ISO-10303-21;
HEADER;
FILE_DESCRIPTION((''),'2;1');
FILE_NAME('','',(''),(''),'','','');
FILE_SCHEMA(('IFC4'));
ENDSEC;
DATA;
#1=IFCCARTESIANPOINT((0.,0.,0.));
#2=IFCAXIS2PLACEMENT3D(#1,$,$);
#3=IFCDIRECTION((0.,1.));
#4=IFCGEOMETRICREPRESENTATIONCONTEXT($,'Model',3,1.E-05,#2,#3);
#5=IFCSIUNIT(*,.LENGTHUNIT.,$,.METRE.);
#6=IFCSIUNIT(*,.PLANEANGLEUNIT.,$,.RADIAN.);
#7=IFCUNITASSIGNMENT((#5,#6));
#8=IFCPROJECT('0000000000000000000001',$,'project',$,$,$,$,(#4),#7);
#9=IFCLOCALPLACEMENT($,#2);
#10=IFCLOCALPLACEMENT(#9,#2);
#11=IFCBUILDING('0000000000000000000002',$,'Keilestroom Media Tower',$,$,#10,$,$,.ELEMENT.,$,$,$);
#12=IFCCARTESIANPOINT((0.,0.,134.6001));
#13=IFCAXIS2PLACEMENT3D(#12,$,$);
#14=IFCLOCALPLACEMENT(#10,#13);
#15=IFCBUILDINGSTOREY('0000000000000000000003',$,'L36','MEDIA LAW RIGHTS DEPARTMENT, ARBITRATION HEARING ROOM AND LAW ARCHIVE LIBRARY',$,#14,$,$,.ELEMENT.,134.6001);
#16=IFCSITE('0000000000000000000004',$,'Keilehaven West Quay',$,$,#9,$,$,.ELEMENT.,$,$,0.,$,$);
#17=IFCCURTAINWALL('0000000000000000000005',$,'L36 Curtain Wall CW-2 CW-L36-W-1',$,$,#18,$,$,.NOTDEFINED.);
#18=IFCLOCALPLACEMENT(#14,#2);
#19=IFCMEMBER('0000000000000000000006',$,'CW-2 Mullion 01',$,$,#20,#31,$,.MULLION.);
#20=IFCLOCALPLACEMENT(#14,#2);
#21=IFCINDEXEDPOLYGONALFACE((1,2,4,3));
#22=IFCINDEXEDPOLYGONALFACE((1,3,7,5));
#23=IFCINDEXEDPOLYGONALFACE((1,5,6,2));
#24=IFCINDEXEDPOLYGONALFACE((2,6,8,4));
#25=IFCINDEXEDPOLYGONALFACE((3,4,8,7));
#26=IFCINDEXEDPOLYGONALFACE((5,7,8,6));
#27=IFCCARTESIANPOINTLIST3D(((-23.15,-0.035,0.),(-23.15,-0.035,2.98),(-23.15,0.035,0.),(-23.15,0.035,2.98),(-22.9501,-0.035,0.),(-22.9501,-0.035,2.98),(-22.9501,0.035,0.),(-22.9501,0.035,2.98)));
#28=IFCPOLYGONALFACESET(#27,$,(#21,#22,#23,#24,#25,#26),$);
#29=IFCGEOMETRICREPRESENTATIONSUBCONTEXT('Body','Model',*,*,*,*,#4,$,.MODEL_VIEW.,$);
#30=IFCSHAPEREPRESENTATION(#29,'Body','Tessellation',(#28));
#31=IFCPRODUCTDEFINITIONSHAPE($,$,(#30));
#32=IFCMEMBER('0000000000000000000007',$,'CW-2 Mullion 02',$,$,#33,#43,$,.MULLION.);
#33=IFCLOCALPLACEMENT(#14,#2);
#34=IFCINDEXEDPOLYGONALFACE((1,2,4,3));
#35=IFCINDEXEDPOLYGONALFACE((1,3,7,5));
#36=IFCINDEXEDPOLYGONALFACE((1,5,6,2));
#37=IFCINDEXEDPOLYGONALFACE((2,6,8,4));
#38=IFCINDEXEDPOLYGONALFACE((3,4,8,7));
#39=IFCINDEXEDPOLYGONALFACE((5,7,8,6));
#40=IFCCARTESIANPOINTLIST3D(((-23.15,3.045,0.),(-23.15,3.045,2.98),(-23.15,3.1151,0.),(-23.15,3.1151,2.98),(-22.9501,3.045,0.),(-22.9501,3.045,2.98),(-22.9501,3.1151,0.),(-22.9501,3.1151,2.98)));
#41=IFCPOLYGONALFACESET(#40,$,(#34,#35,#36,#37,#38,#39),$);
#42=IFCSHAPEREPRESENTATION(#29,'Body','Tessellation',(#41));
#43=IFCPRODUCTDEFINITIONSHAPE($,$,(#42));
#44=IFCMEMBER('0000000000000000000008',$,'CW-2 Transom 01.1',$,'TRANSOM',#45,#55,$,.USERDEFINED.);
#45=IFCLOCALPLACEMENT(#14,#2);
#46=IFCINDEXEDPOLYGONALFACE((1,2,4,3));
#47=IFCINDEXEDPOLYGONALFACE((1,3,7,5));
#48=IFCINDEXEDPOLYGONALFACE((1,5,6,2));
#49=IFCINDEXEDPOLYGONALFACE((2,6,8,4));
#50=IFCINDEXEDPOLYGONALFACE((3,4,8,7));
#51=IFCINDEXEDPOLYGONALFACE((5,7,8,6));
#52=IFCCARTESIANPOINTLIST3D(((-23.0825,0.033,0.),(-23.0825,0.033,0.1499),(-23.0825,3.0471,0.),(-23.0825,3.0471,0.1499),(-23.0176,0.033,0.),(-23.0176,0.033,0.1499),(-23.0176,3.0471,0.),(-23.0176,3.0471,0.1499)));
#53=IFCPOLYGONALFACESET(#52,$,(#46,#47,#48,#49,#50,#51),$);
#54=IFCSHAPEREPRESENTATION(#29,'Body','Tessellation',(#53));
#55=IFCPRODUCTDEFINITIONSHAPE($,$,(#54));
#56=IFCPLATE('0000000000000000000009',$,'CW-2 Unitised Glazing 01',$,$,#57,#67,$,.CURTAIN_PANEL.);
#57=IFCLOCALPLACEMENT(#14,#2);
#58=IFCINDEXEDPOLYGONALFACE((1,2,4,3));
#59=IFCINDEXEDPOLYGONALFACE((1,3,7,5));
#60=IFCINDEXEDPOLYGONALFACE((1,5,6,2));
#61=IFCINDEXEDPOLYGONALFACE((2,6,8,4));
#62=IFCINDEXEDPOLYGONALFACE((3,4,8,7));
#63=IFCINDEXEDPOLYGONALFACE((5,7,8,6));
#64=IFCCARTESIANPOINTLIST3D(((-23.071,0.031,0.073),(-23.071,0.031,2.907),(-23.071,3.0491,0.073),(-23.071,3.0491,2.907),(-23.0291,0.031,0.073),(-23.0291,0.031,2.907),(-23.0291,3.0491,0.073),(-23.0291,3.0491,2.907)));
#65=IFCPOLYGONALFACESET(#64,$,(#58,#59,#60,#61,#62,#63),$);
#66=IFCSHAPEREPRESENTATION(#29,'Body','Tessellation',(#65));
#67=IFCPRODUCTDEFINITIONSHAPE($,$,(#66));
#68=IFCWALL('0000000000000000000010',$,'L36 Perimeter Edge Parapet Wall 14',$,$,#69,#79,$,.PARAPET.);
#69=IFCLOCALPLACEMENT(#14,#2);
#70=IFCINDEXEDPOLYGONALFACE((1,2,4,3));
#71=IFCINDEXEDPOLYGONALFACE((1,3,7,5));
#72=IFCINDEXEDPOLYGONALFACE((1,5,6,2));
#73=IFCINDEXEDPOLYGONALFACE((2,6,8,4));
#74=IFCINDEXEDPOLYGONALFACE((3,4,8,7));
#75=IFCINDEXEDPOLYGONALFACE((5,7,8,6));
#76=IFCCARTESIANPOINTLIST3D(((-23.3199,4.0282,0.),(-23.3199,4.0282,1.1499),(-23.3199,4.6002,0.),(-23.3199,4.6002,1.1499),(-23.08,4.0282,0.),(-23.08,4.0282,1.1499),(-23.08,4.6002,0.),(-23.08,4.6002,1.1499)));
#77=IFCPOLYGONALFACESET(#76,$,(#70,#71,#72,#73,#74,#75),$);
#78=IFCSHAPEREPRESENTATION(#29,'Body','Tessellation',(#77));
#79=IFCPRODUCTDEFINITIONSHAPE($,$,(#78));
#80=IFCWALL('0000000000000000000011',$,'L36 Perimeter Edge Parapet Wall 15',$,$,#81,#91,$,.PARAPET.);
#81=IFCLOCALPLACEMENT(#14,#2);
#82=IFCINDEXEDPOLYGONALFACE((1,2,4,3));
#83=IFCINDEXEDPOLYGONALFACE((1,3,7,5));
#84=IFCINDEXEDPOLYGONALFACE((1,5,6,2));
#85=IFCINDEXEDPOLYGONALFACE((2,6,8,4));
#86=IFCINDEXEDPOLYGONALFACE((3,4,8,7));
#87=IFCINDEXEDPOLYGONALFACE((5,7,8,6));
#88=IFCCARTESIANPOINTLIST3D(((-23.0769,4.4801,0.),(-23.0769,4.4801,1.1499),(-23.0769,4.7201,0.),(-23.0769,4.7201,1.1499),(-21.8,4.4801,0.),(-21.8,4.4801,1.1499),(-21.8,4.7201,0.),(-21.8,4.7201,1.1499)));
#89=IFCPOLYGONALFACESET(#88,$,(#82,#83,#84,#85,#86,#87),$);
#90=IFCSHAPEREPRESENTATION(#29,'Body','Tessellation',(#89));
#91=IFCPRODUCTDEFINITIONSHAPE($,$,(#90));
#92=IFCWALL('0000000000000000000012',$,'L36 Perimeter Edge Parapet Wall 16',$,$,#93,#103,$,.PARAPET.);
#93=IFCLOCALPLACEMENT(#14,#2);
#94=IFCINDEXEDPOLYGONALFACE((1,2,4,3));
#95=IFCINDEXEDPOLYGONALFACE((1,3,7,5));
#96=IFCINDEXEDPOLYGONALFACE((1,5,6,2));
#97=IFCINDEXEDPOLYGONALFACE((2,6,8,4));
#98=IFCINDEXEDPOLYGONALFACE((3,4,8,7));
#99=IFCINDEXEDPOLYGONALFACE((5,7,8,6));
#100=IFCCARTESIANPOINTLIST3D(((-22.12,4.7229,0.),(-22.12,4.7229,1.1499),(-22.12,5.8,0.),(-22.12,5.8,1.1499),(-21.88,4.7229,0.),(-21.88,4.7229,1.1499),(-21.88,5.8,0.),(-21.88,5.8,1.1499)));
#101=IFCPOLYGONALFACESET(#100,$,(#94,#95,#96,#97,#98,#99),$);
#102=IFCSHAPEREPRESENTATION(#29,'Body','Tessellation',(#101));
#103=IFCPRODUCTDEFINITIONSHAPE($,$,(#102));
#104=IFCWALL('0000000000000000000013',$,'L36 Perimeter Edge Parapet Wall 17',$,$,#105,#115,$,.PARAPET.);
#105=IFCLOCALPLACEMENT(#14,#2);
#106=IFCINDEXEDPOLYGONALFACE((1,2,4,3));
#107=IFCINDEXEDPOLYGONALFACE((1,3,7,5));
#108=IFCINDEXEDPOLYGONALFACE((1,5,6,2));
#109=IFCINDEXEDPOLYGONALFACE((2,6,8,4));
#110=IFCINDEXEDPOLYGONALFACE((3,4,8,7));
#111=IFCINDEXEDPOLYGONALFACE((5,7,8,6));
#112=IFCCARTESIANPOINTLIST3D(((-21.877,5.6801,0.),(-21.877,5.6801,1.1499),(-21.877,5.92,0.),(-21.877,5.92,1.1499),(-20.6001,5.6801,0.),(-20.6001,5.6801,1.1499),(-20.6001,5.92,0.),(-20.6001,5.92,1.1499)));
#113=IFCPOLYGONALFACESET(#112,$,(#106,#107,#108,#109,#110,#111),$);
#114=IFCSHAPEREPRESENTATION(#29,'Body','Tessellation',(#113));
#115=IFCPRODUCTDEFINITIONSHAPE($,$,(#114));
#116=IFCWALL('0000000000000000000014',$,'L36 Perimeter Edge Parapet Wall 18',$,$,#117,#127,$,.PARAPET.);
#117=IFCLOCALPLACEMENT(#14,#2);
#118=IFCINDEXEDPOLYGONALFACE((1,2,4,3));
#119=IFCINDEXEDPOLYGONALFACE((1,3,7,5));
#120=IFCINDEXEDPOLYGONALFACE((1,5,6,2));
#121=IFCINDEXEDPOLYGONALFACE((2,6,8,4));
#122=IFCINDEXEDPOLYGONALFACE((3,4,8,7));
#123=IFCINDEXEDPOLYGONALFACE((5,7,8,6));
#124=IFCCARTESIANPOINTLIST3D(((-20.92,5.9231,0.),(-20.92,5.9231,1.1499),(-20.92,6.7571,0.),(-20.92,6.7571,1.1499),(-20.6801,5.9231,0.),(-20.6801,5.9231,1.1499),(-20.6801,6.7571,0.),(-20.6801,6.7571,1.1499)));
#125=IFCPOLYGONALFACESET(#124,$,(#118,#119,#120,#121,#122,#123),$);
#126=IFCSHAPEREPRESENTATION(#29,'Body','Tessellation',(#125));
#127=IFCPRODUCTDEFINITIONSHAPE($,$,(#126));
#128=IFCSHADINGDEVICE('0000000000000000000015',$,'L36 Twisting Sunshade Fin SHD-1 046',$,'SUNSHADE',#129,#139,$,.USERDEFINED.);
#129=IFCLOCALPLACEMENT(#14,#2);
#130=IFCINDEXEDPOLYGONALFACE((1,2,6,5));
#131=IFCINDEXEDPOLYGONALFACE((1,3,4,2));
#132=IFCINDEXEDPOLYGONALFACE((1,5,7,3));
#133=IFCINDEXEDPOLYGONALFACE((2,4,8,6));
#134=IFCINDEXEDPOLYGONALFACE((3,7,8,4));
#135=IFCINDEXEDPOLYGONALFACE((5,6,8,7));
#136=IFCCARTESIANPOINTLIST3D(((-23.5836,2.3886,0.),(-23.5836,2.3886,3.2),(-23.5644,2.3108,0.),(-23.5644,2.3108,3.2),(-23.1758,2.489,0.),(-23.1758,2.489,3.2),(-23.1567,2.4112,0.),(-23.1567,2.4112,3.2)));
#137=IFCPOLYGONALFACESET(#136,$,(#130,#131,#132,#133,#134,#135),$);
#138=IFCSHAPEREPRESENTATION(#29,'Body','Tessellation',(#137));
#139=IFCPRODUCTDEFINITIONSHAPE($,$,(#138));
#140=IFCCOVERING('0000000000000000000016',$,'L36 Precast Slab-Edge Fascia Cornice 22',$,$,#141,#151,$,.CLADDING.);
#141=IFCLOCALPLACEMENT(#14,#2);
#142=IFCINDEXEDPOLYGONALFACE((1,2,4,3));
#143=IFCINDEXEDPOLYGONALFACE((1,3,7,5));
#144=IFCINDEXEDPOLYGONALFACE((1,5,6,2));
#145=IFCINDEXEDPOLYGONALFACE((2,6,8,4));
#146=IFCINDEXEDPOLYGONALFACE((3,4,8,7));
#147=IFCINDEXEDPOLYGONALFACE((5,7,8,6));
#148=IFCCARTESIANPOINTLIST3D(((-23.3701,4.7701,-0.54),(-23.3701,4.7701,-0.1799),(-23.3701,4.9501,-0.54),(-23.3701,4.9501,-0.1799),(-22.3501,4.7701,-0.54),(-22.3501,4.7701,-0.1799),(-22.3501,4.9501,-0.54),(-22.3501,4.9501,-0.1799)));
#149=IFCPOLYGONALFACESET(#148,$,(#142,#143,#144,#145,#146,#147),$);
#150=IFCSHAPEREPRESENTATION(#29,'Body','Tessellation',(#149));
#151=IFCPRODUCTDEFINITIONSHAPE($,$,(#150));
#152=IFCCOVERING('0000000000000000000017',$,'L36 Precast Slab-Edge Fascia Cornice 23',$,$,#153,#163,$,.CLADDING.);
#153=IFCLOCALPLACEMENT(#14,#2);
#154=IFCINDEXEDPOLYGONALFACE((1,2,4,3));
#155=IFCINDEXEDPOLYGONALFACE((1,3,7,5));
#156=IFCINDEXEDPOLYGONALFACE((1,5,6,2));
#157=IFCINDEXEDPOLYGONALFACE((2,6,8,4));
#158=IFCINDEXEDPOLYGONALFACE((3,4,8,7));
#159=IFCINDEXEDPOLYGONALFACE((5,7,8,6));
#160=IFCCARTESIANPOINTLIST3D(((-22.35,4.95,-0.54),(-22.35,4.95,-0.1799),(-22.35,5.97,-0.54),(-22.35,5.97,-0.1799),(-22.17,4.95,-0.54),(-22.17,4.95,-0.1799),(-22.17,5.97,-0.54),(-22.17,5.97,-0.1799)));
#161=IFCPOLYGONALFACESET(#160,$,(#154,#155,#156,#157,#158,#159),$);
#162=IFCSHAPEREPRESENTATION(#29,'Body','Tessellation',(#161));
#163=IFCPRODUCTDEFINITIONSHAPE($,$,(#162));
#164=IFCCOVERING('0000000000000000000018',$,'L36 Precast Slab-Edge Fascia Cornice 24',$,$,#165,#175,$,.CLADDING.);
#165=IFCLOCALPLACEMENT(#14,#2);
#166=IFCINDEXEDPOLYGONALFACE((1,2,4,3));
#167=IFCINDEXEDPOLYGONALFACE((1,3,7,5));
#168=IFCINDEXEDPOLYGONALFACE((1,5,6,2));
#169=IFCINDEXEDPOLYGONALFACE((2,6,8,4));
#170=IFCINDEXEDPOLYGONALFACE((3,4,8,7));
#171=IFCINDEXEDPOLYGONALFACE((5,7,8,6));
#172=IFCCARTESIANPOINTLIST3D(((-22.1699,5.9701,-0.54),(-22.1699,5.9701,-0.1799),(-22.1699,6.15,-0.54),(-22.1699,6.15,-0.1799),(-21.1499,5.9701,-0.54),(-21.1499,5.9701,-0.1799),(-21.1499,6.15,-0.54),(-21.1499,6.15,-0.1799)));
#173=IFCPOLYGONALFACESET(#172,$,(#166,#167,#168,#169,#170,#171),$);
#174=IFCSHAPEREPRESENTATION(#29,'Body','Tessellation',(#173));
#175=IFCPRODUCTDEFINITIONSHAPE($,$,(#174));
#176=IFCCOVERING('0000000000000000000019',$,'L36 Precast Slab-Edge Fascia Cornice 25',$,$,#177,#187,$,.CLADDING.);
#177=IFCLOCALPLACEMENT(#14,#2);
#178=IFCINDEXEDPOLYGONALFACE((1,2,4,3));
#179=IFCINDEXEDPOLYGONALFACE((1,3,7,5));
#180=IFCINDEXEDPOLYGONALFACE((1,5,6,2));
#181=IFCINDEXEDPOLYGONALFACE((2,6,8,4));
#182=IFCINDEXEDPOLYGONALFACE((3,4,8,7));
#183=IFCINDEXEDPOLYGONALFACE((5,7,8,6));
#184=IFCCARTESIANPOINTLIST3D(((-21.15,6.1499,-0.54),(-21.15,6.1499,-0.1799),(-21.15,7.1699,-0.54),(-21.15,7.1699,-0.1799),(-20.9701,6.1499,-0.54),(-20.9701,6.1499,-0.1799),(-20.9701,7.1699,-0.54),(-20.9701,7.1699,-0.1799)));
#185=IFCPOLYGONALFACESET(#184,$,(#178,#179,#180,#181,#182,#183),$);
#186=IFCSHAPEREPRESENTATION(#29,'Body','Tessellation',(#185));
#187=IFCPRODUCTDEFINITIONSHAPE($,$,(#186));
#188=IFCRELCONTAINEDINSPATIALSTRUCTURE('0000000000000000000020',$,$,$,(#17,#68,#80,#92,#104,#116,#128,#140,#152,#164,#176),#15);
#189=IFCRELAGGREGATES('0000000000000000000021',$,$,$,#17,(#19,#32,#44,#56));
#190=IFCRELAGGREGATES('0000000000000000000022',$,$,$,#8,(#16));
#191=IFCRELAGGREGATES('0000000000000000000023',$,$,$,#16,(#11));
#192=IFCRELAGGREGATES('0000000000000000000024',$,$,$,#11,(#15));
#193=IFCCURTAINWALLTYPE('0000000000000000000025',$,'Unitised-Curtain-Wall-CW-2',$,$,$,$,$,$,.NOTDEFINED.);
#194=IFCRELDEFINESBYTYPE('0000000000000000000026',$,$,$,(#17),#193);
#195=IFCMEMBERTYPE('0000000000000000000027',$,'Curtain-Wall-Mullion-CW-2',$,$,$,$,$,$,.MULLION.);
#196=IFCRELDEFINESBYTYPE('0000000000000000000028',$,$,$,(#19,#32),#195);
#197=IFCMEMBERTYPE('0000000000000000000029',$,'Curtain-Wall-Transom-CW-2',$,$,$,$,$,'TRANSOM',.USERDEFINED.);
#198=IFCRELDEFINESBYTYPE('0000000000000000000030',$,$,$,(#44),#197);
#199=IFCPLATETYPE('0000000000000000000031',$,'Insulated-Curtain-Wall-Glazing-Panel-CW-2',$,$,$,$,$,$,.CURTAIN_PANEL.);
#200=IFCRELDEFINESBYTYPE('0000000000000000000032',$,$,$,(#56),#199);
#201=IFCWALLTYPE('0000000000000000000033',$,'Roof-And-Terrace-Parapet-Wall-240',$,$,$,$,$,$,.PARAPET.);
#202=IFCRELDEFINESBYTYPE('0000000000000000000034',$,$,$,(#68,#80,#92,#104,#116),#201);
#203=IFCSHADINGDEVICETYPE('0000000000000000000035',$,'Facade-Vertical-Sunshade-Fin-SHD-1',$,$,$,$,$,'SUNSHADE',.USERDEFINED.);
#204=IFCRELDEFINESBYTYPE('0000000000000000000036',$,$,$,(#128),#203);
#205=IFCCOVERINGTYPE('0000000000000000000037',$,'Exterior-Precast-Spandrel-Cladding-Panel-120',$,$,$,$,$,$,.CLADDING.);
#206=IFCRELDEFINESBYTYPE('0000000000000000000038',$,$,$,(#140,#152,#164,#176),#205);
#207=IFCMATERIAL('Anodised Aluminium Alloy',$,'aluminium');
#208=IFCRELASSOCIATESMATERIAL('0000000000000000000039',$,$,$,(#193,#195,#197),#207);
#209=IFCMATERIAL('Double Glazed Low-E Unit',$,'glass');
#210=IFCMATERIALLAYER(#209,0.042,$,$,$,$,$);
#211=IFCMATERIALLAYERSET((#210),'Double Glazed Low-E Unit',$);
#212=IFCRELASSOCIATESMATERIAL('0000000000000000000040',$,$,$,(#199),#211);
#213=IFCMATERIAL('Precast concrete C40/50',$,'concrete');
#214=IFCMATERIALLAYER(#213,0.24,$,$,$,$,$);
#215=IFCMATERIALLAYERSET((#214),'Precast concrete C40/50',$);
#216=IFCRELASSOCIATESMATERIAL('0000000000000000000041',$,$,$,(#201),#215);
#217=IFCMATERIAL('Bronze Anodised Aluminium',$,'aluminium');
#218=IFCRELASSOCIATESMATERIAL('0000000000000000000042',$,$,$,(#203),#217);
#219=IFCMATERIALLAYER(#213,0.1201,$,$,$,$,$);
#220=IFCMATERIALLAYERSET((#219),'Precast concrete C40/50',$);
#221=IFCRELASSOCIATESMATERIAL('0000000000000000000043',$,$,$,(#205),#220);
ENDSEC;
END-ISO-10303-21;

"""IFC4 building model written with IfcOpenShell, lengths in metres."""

from ifc_helpers import new_model, si_unit, direction, frame, frame_2d, origin, origin_2d, place, context, subcontext, project, spatial, rectangle, extrude, source, transform, mapped, material, layer, layer_set, material_profile, profile_set, type_object, element, aggregate, save


model = new_model("IFC4")

# Units and contexts
model_context = context("Model", 3, precision=1e-05, world=origin(), true_north=direction((0.0, 1.0)))
body_context = subcontext(model_context, "Body", "Model", "MODEL_VIEW")
ifc_project = project(units=[si_unit("LENGTHUNIT", "METRE"), si_unit("PLANEANGLEUNIT", "RADIAN")], contexts=[model_context])

# Site, building, storey
site_placement = place(None, origin())
site = spatial("IfcSite", under=ifc_project, at=site_placement, Name="Keilehaven West Quay", CompositionType="ELEMENT", RefElevation=0.0)
building_placement = place(site_placement, origin())
building = spatial("IfcBuilding", under=site, at=building_placement, Name="Keilestroom Media Tower", CompositionType="ELEMENT")
storey_placement = place(building_placement, frame((0.0, 0.0, 134.6001)))
storey = spatial("IfcBuildingStorey", under=building, at=storey_placement, Name="L36", Description="MEDIA LAW RIGHTS DEPARTMENT, ARBITRATION HEARING ROOM AND LAW ARCHIVE LIBRARY", CompositionType="ELEMENT", Elevation=134.6001)

# Shared definitions
ifc_material_1 = material(Name="Precast concrete C40/50", Category="concrete")

# Curtain wall, members, plate
ifc_material_2 = material(Name="Anodised Aluminium Alloy", Category="aluminium")
curtain_wall_type = type_object("IfcCurtainWallType", Name="Unitised-Curtain-Wall-CW-2", PredefinedType="NOTDEFINED", material=ifc_material_2)
curtain_wall_placement = place(storey_placement, origin())
curtain_wall = element("IfcCurtainWall", 1, at=curtain_wall_placement, inside=storey, type_object=curtain_wall_type, Name="L36 Curtain Wall CW-2 CW-L36-W-1", PredefinedType="NOTDEFINED")
ifc_material_profile_1 = material_profile(ifc_material_2, rectangle(XDim=0.0701, YDim=0.2, at=origin_2d()), Name="ALU MULLION 70x200")
ifc_profile_set_1 = profile_set([ifc_material_profile_1], Name="Anodised Aluminium Alloy")
member_type_1 = type_object("IfcMemberType", Name="Curtain-Wall-Mullion-CW-2", PredefinedType="MULLION", material=ifc_profile_set_1)
shared_shape_1 = source(origin(), body_context, "Body", "SweptSolid", [
    extrude(rectangle(XDim=0.0701, YDim=0.2, at=origin_2d()), origin(), (0.0, 0.0, 1.0), 2.98),
])
member_1_placement = place(storey_placement, frame((-23.05, 0.0, 0.0), z_axis=(0.0, 0.0, 1.0), x_axis=(0.0, 1.0, 0.0)))
member_1 = element("IfcMember", 2, at=member_1_placement, type_object=member_type_1, Name="CW-2 Mullion 01", PredefinedType="MULLION", context=body_context, shape_type="MappedRepresentation", body=[
    mapped(shared_shape_1, transform((0.0, 0.0, 0.0), x_axis=(1.0, 0.0, 0.0), y_axis=(0.0, 1.0, 0.0), z_axis=(0.0, 0.0, 1.0), scale=1.0)),
])
member_2_placement = place(storey_placement, frame((-23.05, 3.0801, 0.0), z_axis=(0.0, 0.0, 1.0), x_axis=(0.0, 1.0, 0.0)))
member_2 = element("IfcMember", 3, at=member_2_placement, type_object=member_type_1, Name="CW-2 Mullion 02", PredefinedType="MULLION", context=body_context, shape_type="MappedRepresentation", body=[
    mapped(shared_shape_1, transform((0.0, 0.0, 0.0), x_axis=(1.0, 0.0, 0.0), y_axis=(0.0, 1.0, 0.0), z_axis=(0.0, 0.0, 1.0), scale=1.0)),
])
ifc_material_profile_2 = material_profile(ifc_material_2, rectangle(XDim=0.0649, YDim=0.1499, at=origin_2d()), Name="ALU TRANSOM 65x150")
ifc_profile_set_2 = profile_set([ifc_material_profile_2], Name="Anodised Aluminium Alloy")
member_type_2 = type_object("IfcMemberType", Name="Curtain-Wall-Transom-CW-2", ElementType="TRANSOM", PredefinedType="USERDEFINED", material=ifc_profile_set_2)
shared_shape_2 = source(origin(), body_context, "Body", "SweptSolid", [
    extrude(rectangle(XDim=0.0649, YDim=0.1499, at=origin_2d()), origin(), (0.0, 0.0, 1.0), 3.0142),
])
member_3_placement = place(storey_placement, frame((-23.05, 0.033, 0.075), z_axis=(0.0, 1.0, 0.0), x_axis=(-1.0, 0.0, 0.0)))
member_3 = element("IfcMember", 4, at=member_3_placement, type_object=member_type_2, Name="CW-2 Transom 01.1", ObjectType="TRANSOM", PredefinedType="USERDEFINED", context=body_context, shape_type="MappedRepresentation", body=[
    mapped(shared_shape_2, transform((0.0, 0.0, 0.0), x_axis=(1.0, 0.0, 0.0), y_axis=(0.0, 1.0, 0.0), z_axis=(0.0, 0.0, 1.0), scale=1.0)),
])
ifc_material_3 = material(Name="Double Glazed Low-E Unit", Category="glass")
ifc_layer_1 = layer(ifc_material_3, 0.042)
ifc_layer_set_1 = layer_set([ifc_layer_1], Name="Double Glazed Low-E Unit")
plate_type = type_object("IfcPlateType", Name="Insulated-Curtain-Wall-Glazing-Panel-CW-2", PredefinedType="CURTAIN_PANEL", material=ifc_layer_set_1)
shared_shape_3 = source(origin(), body_context, "Body", "SweptSolid", [
    extrude(rectangle(XDim=3.0181, YDim=0.042, at=origin_2d()), origin(), (0.0, 0.0, 1.0), 2.834),
])
plate_placement = place(storey_placement, frame((-23.05, 1.54, 0.073), z_axis=(0.0, 0.0, 1.0), x_axis=(0.0, 1.0, 0.0)))
plate = element("IfcPlate", 5, at=plate_placement, type_object=plate_type, Name="CW-2 Unitised Glazing 01", PredefinedType="CURTAIN_PANEL", context=body_context, shape_type="MappedRepresentation", body=[
    mapped(shared_shape_3, transform((0.0, 0.0, 0.0), x_axis=(1.0, 0.0, 0.0), y_axis=(0.0, 1.0, 0.0), z_axis=(0.0, 0.0, 1.0), scale=1.0)),
])
aggregate(curtain_wall, [member_1, member_2, member_3, plate])

# Walls
ifc_layer_2 = layer(ifc_material_1, 0.24)
ifc_layer_set_2 = layer_set([ifc_layer_2], Name="Precast concrete C40/50")
wall_type = type_object("IfcWallType", Name="Roof-And-Terrace-Parapet-Wall-240", PredefinedType="PARAPET", material=ifc_layer_set_2)
wall_1_placement = place(storey_placement, frame((-23.2, 4.0281, 0.0), z_axis=(0.0, 0.0, 1.0), x_axis=(0.0, 1.0, 0.0)))
element("IfcWall", 6, at=wall_1_placement, inside=storey, type_object=wall_type, Name="L36 Perimeter Edge Parapet Wall 14", PredefinedType="PARAPET", context=body_context, shape_type="SweptSolid", body=[
    extrude(rectangle(XDim=0.572, YDim=0.24, at=frame_2d((0.2861, 0.0))), origin(), (0.0, 0.0, 1.0), 1.1499),
])
wall_2_placement = place(storey_placement, frame((-23.0769, 4.6001, 0.0), z_axis=(0.0, 0.0, 1.0), x_axis=(1.0, 0.0, 0.0)))
element("IfcWall", 7, at=wall_2_placement, inside=storey, type_object=wall_type, Name="L36 Perimeter Edge Parapet Wall 15", PredefinedType="PARAPET", context=body_context, shape_type="SweptSolid", body=[
    extrude(rectangle(XDim=1.2769, YDim=0.24, at=frame_2d((0.6384, 0.0))), origin(), (0.0, 0.0, 1.0), 1.1499),
])
wall_3_placement = place(storey_placement, frame((-22.0, 4.7229, 0.0), z_axis=(0.0, 0.0, 1.0), x_axis=(0.0, 1.0, 0.0)))
element("IfcWall", 8, at=wall_3_placement, inside=storey, type_object=wall_type, Name="L36 Perimeter Edge Parapet Wall 16", PredefinedType="PARAPET", context=body_context, shape_type="SweptSolid", body=[
    extrude(rectangle(XDim=1.0771, YDim=0.24, at=frame_2d((0.5386, 0.0))), origin(), (0.0, 0.0, 1.0), 1.1499),
])
wall_4_placement = place(storey_placement, frame((-21.877, 5.8, 0.0), z_axis=(0.0, 0.0, 1.0), x_axis=(1.0, 0.0, 0.0)))
element("IfcWall", 9, at=wall_4_placement, inside=storey, type_object=wall_type, Name="L36 Perimeter Edge Parapet Wall 17", PredefinedType="PARAPET", context=body_context, shape_type="SweptSolid", body=[
    extrude(rectangle(XDim=1.2769, YDim=0.24, at=frame_2d((0.6384, 0.0))), origin(), (0.0, 0.0, 1.0), 1.1499),
])
wall_5_placement = place(storey_placement, frame((-20.8, 5.9231, 0.0), z_axis=(0.0, 0.0, 1.0), x_axis=(0.0, 1.0, 0.0)))
element("IfcWall", 10, at=wall_5_placement, inside=storey, type_object=wall_type, Name="L36 Perimeter Edge Parapet Wall 18", PredefinedType="PARAPET", context=body_context, shape_type="SweptSolid", body=[
    extrude(rectangle(XDim=0.834, YDim=0.24, at=frame_2d((0.417, 0.0))), origin(), (0.0, 0.0, 1.0), 1.1499),
])

# Shading device
ifc_material_4 = material(Name="Bronze Anodised Aluminium", Category="aluminium")
shading_device_type = type_object("IfcShadingDeviceType", Name="Facade-Vertical-Sunshade-Fin-SHD-1", ElementType="SUNSHADE", PredefinedType="USERDEFINED", material=ifc_material_4)
shared_shape_4 = source(origin(), body_context, "Body", "SweptSolid", [
    extrude(rectangle(XDim=0.4199, YDim=0.0801, at=origin_2d()), origin(), (0.0, 0.0, 1.0), 3.2),
])
shading_device_placement = place(storey_placement, frame((-23.3701, 2.3999, 0.0), z_axis=(0.0, 0.0, 1.0), x_axis=(0.971009, 0.239042, 0.0)))
element("IfcShadingDevice", 11, at=shading_device_placement, inside=storey, type_object=shading_device_type, Name="L36 Twisting Sunshade Fin SHD-1 046", ObjectType="SUNSHADE", PredefinedType="USERDEFINED", context=body_context, shape_type="MappedRepresentation", body=[
    mapped(shared_shape_4, transform((0.0, 0.0, 0.0), x_axis=(1.0, 0.0, 0.0), y_axis=(0.0, 1.0, 0.0), z_axis=(0.0, 0.0, 1.0), scale=1.0)),
])

# Coverings
ifc_layer_3 = layer(ifc_material_1, 0.1201)
ifc_layer_set_3 = layer_set([ifc_layer_3], Name="Precast concrete C40/50")
covering_type = type_object("IfcCoveringType", Name="Exterior-Precast-Spandrel-Cladding-Panel-120", PredefinedType="CLADDING", material=ifc_layer_set_3)
shared_shape_5 = source(origin(), body_context, "Body", "SweptSolid", [
    extrude(rectangle(XDim=1.02, YDim=0.1799, at=origin_2d()), origin(), (0.0, 0.0, 1.0), 0.3601),
])
for number, where, z_axis, x_axis, name in (
    (12, (-22.8601, 4.8601, -0.54), (0.0, 0.0, 1.0), (1.0, 0.0, 0.0), "L36 Precast Slab-Edge Fascia Cornice 22"),
    (13, (-22.26, 5.46, -0.54), (0.0, 0.0, 1.0), (0.0, 1.0, 0.0), "L36 Precast Slab-Edge Fascia Cornice 23"),
    (14, (-21.6599, 6.0601, -0.54), (0.0, 0.0, 1.0), (1.0, 0.0, 0.0), "L36 Precast Slab-Edge Fascia Cornice 24"),
    (15, (-21.0601, 6.6599, -0.54), (0.0, 0.0, 1.0), (0.0, 1.0, 0.0), "L36 Precast Slab-Edge Fascia Cornice 25"),
):
    element("IfcCovering", number, at=place(storey_placement, frame(where, z_axis=z_axis, x_axis=x_axis)), inside=storey, type_object=covering_type, Name=name, PredefinedType="CLADDING", context=body_context, shape_type="MappedRepresentation", body=[
        mapped(shared_shape_5, transform((0.0, 0.0, 0.0), x_axis=(1.0, 0.0, 0.0), y_axis=(0.0, 1.0, 0.0), z_axis=(0.0, 0.0, 1.0), scale=1.0)),
    ])

save(model, "model.ifc")
